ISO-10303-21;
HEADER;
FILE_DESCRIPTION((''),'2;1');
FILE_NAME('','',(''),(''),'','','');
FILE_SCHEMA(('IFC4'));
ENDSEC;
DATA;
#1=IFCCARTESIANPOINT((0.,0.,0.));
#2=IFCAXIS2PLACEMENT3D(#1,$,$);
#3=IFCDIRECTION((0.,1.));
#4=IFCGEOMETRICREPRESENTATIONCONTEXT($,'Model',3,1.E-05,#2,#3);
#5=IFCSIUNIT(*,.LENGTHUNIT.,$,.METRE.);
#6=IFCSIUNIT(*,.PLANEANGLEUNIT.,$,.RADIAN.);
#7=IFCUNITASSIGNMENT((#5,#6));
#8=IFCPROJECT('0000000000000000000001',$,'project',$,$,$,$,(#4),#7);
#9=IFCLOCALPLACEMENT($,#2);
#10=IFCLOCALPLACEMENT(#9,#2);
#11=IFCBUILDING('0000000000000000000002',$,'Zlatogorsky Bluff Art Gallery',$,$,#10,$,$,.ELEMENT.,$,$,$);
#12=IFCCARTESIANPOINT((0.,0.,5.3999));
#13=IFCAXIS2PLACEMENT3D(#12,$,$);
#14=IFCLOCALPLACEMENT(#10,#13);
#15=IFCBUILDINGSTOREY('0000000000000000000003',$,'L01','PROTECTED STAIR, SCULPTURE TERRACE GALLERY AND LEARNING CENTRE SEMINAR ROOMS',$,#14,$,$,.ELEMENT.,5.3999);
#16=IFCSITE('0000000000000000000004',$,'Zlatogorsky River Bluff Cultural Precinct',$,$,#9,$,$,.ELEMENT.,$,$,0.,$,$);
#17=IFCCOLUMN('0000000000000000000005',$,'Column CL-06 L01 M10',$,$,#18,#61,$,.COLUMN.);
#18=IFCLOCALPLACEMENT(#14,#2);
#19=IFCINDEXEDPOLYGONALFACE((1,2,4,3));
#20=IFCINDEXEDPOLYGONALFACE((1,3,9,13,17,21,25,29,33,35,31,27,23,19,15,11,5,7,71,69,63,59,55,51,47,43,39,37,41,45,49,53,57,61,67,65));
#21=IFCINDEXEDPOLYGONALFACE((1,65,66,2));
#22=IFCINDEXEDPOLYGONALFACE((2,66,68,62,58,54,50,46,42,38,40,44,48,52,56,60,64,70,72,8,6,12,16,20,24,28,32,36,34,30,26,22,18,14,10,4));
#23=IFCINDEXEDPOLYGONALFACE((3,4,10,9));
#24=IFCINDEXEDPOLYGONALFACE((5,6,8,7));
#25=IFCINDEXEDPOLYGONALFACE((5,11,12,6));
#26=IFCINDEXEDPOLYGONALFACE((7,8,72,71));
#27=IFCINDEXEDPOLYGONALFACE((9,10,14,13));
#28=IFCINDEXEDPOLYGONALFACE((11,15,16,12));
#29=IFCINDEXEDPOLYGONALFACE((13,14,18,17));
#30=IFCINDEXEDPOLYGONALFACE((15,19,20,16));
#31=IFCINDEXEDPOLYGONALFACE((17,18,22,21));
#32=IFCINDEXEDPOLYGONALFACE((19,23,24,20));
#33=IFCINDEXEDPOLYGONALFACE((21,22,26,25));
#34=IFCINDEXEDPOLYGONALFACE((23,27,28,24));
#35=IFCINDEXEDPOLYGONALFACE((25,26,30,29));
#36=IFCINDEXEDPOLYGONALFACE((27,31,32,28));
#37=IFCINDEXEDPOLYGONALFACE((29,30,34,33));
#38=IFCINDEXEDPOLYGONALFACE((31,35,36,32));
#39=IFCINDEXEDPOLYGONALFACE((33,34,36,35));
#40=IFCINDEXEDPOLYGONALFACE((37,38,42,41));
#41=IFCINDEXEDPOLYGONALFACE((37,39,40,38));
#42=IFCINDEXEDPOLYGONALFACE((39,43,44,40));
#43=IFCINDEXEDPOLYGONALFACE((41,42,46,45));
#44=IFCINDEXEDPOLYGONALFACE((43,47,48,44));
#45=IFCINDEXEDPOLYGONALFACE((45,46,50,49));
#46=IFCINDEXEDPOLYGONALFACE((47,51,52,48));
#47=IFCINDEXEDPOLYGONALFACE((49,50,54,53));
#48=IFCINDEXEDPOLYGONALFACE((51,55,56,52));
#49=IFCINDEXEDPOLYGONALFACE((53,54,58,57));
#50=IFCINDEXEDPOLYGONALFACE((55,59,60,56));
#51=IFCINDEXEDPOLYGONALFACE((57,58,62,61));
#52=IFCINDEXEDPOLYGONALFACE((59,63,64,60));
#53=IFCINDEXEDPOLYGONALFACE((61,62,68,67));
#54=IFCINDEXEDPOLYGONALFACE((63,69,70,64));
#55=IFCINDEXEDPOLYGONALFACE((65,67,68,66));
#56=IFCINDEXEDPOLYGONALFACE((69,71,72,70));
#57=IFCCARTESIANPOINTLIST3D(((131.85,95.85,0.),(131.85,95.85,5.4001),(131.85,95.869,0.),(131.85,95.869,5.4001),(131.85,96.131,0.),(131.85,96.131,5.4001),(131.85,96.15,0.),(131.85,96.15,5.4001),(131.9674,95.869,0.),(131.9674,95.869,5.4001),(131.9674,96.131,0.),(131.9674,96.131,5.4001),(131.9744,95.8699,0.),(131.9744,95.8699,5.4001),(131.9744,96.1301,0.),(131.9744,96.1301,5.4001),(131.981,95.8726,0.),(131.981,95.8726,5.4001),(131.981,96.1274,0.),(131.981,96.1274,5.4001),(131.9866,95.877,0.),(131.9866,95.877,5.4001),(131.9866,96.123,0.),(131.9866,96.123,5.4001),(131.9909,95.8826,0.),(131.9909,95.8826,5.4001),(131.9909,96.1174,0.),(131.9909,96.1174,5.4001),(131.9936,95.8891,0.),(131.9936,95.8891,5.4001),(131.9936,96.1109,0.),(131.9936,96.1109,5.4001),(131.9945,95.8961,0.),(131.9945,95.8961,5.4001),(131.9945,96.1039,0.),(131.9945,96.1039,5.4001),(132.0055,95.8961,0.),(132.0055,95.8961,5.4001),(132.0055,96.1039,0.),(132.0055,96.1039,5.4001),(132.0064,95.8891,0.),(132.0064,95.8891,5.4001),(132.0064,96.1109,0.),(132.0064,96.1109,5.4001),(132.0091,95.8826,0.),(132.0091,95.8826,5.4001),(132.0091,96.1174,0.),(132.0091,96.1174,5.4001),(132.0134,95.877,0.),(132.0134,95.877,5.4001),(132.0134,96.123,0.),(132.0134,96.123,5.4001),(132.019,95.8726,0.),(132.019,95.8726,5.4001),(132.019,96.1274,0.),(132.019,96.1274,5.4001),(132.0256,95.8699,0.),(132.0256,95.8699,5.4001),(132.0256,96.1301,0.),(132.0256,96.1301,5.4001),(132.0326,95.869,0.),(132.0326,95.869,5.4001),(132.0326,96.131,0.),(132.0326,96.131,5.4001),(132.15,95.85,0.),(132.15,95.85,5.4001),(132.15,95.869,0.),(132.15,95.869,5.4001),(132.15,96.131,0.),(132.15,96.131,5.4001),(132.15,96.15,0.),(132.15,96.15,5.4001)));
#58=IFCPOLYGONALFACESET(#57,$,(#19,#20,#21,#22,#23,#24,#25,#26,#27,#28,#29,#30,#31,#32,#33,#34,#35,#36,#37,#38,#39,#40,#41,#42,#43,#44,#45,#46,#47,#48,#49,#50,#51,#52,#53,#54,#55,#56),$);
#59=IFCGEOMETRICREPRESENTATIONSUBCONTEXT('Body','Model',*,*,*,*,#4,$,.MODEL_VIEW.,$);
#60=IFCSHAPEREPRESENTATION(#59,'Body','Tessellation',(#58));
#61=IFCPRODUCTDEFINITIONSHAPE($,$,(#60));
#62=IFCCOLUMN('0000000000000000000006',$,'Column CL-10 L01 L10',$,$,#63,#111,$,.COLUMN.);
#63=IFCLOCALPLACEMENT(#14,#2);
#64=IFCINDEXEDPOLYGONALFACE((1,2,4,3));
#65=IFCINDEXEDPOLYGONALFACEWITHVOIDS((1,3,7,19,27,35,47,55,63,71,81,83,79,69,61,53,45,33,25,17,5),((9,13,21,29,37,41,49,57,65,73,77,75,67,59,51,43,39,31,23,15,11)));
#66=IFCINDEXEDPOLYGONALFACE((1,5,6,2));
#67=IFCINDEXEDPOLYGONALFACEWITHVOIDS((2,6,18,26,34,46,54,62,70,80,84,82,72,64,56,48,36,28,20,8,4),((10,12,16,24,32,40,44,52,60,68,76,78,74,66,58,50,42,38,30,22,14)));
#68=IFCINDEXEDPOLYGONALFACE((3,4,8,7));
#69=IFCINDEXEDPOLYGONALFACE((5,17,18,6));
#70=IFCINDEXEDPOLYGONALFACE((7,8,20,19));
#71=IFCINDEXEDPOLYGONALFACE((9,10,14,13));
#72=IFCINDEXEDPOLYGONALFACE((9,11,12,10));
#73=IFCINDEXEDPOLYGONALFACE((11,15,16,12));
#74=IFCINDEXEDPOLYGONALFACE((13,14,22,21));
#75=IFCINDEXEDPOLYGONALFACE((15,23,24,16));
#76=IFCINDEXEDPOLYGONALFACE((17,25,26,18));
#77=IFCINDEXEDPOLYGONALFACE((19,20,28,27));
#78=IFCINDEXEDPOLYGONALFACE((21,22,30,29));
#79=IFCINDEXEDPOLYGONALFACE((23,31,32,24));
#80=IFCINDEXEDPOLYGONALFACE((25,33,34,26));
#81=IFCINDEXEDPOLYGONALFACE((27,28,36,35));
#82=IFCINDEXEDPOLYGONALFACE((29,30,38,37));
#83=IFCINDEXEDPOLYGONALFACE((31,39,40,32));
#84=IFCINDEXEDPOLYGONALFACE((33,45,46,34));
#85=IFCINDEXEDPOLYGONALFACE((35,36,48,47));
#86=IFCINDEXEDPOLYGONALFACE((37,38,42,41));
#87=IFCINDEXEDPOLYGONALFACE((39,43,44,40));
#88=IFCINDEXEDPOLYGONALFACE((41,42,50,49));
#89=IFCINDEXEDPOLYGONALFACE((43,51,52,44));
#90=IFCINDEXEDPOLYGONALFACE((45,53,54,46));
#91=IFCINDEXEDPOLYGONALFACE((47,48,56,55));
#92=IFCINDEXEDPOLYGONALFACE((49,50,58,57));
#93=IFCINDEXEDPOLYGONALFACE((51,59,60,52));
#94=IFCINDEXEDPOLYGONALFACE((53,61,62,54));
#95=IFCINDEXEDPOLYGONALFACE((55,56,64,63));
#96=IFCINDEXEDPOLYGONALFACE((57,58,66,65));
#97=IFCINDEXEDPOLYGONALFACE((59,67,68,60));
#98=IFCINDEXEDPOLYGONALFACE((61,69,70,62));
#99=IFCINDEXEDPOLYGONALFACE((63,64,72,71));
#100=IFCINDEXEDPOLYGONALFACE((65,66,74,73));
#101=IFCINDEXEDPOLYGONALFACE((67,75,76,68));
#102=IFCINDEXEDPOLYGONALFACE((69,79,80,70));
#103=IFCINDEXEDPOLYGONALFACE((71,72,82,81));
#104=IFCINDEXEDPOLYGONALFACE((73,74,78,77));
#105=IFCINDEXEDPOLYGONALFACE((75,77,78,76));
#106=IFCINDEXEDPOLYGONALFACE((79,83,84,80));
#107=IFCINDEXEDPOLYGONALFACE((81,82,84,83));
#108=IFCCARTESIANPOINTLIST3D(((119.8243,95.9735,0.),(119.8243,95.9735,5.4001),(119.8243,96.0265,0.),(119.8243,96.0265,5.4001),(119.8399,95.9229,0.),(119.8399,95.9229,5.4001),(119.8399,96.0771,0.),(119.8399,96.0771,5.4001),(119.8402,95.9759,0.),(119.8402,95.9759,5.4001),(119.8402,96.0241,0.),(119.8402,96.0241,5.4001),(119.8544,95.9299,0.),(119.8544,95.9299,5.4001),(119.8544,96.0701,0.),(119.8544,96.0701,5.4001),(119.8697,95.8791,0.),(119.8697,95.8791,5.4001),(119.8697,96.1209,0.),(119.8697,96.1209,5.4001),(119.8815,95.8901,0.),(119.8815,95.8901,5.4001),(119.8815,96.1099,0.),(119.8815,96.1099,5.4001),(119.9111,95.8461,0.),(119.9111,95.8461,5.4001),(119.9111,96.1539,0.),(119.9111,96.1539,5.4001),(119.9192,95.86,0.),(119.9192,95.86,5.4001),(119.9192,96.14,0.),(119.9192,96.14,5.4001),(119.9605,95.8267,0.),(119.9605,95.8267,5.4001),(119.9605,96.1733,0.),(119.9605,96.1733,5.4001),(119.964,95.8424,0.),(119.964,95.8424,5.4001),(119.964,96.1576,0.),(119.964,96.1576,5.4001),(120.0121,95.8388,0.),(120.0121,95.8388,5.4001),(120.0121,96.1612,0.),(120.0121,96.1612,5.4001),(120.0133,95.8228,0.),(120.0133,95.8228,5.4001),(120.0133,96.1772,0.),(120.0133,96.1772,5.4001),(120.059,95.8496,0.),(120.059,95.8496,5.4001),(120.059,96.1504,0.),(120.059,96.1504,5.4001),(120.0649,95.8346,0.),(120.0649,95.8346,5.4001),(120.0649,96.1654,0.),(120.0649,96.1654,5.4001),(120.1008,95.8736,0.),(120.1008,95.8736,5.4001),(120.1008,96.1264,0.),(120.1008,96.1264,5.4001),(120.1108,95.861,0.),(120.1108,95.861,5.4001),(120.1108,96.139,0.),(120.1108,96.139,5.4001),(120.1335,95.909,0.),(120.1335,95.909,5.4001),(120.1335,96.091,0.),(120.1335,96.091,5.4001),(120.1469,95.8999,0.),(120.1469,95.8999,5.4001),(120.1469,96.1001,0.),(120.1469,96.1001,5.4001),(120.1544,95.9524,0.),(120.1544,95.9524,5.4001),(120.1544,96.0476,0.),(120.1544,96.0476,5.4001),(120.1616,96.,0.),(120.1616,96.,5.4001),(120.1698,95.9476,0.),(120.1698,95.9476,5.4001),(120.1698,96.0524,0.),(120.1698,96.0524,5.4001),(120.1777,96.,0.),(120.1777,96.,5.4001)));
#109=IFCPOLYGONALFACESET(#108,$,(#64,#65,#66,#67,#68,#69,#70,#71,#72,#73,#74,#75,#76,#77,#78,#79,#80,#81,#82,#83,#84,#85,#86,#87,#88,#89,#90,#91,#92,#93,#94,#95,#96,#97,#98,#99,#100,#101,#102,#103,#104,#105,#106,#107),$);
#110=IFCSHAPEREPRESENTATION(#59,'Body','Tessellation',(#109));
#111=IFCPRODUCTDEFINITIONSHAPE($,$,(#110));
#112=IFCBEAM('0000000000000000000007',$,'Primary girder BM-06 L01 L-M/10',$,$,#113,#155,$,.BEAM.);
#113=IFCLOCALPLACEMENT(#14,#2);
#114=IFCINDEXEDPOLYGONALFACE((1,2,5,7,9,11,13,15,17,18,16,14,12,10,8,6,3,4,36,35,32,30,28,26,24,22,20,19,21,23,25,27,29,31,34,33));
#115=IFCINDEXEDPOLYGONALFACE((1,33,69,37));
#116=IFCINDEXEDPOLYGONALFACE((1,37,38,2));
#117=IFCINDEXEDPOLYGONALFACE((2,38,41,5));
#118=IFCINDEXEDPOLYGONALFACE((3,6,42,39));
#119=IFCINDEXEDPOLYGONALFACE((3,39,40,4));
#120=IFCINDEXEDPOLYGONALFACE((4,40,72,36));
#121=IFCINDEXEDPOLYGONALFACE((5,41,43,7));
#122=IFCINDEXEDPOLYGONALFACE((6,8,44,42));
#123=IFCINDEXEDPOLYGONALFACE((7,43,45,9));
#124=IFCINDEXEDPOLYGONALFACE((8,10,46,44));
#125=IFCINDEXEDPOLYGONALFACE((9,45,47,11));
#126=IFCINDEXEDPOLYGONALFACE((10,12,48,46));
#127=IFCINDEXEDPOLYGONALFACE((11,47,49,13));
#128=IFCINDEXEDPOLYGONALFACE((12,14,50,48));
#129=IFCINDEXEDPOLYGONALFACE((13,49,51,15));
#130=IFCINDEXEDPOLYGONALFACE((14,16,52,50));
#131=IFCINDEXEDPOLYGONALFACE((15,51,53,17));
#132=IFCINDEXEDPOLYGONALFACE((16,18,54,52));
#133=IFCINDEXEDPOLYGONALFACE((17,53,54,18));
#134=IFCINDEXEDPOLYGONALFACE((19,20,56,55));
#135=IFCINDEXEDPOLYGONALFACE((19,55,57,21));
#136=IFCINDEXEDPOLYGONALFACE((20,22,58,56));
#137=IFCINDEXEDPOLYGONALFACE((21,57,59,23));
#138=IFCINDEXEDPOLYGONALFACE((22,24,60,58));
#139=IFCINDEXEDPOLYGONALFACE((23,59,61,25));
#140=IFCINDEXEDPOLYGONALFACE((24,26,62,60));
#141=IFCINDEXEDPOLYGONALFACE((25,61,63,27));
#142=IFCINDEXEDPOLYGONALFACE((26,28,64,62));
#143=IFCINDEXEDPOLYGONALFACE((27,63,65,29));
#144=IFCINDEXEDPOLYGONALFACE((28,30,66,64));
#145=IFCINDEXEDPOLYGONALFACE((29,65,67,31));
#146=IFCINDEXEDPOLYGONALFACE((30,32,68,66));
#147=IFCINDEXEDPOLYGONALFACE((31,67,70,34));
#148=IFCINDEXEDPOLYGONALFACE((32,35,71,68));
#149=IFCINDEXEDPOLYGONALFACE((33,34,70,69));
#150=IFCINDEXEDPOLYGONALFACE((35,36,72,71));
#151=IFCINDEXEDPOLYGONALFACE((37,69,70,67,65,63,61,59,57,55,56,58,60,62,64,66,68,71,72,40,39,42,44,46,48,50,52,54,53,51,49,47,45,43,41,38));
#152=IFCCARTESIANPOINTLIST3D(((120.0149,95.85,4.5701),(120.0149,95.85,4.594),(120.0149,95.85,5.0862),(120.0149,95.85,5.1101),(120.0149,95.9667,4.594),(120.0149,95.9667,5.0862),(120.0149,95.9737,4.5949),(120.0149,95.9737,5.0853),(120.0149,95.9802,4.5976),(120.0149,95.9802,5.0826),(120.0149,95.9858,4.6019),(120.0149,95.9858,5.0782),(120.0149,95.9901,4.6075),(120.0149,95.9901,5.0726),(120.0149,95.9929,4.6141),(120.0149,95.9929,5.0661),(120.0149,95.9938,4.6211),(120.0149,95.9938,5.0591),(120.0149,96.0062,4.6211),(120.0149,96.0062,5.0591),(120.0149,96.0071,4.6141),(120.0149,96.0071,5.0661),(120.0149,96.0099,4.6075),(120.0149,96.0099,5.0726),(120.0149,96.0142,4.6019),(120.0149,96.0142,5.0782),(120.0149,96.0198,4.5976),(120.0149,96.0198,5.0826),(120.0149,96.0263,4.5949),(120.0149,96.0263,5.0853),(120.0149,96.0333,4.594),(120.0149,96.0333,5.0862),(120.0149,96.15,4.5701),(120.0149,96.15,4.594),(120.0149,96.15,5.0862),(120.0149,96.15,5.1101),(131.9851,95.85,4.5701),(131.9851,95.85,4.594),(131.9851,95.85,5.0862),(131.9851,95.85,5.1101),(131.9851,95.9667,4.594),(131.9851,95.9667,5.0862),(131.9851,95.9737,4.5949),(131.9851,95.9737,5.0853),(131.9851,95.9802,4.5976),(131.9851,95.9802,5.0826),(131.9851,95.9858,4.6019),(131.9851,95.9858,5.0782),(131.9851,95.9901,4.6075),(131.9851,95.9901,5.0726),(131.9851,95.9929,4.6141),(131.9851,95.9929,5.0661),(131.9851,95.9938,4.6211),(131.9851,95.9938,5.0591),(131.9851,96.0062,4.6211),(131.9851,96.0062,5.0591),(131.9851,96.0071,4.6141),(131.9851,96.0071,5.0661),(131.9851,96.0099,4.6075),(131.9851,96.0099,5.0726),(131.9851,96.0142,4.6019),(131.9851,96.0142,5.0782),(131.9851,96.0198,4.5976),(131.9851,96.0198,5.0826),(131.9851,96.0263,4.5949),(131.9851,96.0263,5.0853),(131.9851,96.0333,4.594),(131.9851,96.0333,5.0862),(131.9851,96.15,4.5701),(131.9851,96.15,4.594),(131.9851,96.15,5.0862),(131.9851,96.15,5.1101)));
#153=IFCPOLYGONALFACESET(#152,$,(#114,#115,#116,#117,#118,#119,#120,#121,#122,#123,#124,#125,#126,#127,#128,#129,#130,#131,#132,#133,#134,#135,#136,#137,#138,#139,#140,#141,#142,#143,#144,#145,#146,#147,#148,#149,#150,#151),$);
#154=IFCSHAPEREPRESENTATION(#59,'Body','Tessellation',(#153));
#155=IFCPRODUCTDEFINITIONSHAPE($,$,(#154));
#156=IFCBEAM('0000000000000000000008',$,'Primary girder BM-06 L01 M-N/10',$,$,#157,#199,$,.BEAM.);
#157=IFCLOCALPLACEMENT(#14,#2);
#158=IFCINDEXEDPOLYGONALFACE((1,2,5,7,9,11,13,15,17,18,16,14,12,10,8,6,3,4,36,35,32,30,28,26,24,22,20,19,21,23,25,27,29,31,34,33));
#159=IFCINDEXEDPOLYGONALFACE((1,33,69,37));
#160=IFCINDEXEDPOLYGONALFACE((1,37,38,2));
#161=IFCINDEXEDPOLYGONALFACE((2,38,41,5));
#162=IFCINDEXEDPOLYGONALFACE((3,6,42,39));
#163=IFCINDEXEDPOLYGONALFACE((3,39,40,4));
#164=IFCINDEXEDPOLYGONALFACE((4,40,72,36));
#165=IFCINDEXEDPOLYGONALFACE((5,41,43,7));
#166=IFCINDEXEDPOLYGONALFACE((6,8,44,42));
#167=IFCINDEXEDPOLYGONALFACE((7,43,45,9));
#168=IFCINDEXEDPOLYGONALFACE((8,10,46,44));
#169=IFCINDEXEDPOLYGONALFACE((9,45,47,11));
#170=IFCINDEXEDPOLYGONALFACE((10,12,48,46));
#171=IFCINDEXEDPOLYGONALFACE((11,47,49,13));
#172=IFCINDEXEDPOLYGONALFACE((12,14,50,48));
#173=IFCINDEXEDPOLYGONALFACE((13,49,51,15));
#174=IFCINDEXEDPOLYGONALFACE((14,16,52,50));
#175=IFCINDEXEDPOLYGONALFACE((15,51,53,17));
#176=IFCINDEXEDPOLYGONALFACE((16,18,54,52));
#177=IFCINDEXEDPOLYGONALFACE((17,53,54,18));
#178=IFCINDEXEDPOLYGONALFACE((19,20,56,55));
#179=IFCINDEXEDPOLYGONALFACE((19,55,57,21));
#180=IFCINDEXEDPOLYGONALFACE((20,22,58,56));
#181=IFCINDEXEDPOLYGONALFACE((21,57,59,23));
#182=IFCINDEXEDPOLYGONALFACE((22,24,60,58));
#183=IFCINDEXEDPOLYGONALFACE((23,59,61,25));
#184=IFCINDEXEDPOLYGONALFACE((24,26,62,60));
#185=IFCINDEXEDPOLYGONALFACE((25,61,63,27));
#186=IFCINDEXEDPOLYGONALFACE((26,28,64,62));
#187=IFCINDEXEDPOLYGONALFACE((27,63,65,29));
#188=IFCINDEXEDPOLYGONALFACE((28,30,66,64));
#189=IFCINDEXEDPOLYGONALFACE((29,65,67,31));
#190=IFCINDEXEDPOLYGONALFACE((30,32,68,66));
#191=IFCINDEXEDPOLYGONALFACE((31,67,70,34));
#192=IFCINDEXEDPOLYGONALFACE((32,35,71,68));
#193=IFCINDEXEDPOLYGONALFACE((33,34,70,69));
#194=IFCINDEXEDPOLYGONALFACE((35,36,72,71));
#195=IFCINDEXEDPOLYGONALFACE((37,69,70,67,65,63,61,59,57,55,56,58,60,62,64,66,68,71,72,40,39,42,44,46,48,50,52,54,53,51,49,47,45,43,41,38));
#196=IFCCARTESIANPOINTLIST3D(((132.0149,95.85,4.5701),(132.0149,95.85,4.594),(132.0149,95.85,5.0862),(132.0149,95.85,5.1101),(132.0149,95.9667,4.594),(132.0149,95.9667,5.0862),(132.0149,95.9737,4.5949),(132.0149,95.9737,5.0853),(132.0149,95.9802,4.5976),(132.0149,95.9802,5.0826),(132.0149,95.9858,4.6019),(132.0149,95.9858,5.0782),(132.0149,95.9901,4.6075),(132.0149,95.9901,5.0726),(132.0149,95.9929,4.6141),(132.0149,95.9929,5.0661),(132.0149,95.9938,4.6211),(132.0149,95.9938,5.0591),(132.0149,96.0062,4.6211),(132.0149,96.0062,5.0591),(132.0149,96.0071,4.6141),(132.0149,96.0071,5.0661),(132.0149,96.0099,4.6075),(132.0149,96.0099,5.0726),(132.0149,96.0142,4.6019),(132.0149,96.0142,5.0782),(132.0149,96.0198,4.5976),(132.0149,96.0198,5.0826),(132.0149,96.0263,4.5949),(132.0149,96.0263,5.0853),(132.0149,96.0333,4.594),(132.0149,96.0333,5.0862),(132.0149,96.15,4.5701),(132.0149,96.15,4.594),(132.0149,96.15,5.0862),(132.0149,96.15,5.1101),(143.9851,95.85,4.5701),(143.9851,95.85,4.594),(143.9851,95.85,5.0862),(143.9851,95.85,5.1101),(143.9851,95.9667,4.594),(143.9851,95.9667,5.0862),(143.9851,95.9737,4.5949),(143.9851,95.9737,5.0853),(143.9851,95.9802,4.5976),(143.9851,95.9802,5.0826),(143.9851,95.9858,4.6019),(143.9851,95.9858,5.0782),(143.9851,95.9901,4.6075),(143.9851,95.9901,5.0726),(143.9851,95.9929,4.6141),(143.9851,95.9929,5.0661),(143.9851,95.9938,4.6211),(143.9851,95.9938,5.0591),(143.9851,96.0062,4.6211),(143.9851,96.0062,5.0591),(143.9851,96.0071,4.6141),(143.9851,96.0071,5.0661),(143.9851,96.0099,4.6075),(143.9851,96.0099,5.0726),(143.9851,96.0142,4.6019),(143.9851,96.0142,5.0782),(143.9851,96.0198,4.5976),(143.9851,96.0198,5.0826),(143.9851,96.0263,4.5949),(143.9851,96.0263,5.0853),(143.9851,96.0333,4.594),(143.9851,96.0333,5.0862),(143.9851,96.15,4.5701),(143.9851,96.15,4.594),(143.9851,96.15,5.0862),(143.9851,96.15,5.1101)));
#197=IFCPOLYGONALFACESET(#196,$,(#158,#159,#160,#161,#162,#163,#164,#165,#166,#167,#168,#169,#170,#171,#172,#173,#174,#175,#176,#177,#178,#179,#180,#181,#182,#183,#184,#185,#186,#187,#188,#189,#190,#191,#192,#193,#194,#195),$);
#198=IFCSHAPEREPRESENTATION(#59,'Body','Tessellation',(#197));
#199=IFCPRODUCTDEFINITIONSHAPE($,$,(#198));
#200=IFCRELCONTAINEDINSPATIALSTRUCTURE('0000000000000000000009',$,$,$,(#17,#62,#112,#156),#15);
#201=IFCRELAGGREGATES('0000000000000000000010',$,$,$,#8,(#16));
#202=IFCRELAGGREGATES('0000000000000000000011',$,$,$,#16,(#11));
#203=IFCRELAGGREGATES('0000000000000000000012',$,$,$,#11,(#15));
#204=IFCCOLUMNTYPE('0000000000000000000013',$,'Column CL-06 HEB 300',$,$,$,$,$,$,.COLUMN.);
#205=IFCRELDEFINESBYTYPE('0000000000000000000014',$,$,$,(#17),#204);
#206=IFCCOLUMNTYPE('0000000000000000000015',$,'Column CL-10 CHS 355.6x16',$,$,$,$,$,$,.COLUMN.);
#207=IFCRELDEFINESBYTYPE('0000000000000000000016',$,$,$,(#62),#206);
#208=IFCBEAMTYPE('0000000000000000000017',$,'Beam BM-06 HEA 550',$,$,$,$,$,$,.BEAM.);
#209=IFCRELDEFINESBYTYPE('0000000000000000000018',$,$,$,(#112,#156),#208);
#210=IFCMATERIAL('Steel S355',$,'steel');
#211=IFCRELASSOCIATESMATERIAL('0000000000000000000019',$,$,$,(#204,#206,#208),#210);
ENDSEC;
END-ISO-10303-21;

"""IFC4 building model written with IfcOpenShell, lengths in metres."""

from ifc_helpers import new_model, si_unit, direction, frame, origin, origin_2d, place, context, subcontext, project, spatial, hollow_circle, i_section, extrude, material, material_profile, profile_set, type_object, element, save


model = new_model("IFC4")

# Units and contexts
model_context = context("Model", 3, precision=1e-05, world=origin(), true_north=direction((0.0, 1.0)))
body_context = subcontext(model_context, "Body", "Model", "MODEL_VIEW")
ifc_project = project(units=[si_unit("LENGTHUNIT", "METRE"), si_unit("PLANEANGLEUNIT", "RADIAN")], contexts=[model_context])

# Site, building, storey
site_placement = place(None, origin())
site = spatial("IfcSite", under=ifc_project, at=site_placement, Name="Zlatogorsky River Bluff Cultural Precinct", CompositionType="ELEMENT", RefElevation=0.0)
building_placement = place(site_placement, origin())
building = spatial("IfcBuilding", under=site, at=building_placement, Name="Zlatogorsky Bluff Art Gallery", CompositionType="ELEMENT")
storey_placement = place(building_placement, frame((0.0, 0.0, 5.3999)))
storey = spatial("IfcBuildingStorey", under=building, at=storey_placement, Name="L01", Description="PROTECTED STAIR, SCULPTURE TERRACE GALLERY AND LEARNING CENTRE SEMINAR ROOMS", CompositionType="ELEMENT", Elevation=5.3999)

# Columns
ifc_material_1 = material(Name="Steel S355", Category="steel")
ifc_material_profile_1 = material_profile(ifc_material_1, i_section(OverallWidth=0.3, OverallDepth=0.3, WebThickness=0.011, FlangeThickness=0.019, FilletRadius=0.0271, at=origin_2d()), Name="HEB 300")
ifc_profile_set_1 = profile_set([ifc_material_profile_1], Name="Steel S355")
column_type_1 = type_object("IfcColumnType", Name="Column CL-06 HEB 300", PredefinedType="COLUMN", material=ifc_profile_set_1)
column_1_placement = place(storey_placement, frame((132.0, 96.0, 0.0), z_axis=(0.0, 0.0, 1.0), x_axis=(1.0, 0.0, 0.0)))
element("IfcColumn", 1, at=column_1_placement, inside=storey, type_object=column_type_1, Name="Column CL-06 L01 M10", PredefinedType="COLUMN", context=body_context, shape_type="SweptSolid", body=[
    extrude(i_section(OverallWidth=0.3, OverallDepth=0.3, WebThickness=0.011, FlangeThickness=0.019, FilletRadius=0.0271, at=origin_2d()), origin(), (0.0, 0.0, 1.0), 5.4001),
])
ifc_material_profile_2 = material_profile(ifc_material_1, hollow_circle(Radius=0.1777, WallThickness=0.0161, at=origin_2d()), Name="CHS 355.6x16")
ifc_profile_set_2 = profile_set([ifc_material_profile_2], Name="Steel S355")
column_type_2 = type_object("IfcColumnType", Name="Column CL-10 CHS 355.6x16", PredefinedType="COLUMN", material=ifc_profile_set_2)
column_2_placement = place(storey_placement, frame((120.0, 96.0, 0.0), z_axis=(0.0, 0.0, 1.0), x_axis=(1.0, 0.0, 0.0)))
element("IfcColumn", 2, at=column_2_placement, inside=storey, type_object=column_type_2, Name="Column CL-10 L01 L10", PredefinedType="COLUMN", context=body_context, shape_type="SweptSolid", body=[
    extrude(hollow_circle(Radius=0.1777, WallThickness=0.0161, at=origin_2d()), origin(), (0.0, 0.0, 1.0), 5.4001),
])

# Beams
ifc_material_profile_3 = material_profile(ifc_material_1, i_section(OverallWidth=0.3, OverallDepth=0.54, WebThickness=0.0125, FlangeThickness=0.0239, FilletRadius=0.0271, at=origin_2d()), Name="HEA 550")
ifc_profile_set_3 = profile_set([ifc_material_profile_3], Name="Steel S355")
beam_type_1 = type_object("IfcBeamType", Name="Beam BM-06 HEA 550", PredefinedType="BEAM", material=ifc_profile_set_3)
for number, where, z_axis, x_axis, name in (
    (3, (120.0149, 96.0, 4.8401), (1.0, 0.0, 0.0), (0.0, 1.0, 0.0), "Primary girder BM-06 L01 L-M/10"),
    (4, (132.0149, 96.0, 4.8401), (1.0, 0.0, 0.0), (0.0, 1.0, 0.0), "Primary girder BM-06 L01 M-N/10"),
):
    element("IfcBeam", number, at=place(storey_placement, frame(where, z_axis=z_axis, x_axis=x_axis)), inside=storey, type_object=beam_type_1, Name=name, PredefinedType="BEAM", context=body_context, shape_type="SweptSolid", body=[
        extrude(i_section(OverallWidth=0.3, OverallDepth=0.54, WebThickness=0.0125, FlangeThickness=0.0239, FilletRadius=0.0271, at=origin_2d()), origin(), (0.0, 0.0, 1.0), 11.9702),
    ])

save(model, "model.ifc")
